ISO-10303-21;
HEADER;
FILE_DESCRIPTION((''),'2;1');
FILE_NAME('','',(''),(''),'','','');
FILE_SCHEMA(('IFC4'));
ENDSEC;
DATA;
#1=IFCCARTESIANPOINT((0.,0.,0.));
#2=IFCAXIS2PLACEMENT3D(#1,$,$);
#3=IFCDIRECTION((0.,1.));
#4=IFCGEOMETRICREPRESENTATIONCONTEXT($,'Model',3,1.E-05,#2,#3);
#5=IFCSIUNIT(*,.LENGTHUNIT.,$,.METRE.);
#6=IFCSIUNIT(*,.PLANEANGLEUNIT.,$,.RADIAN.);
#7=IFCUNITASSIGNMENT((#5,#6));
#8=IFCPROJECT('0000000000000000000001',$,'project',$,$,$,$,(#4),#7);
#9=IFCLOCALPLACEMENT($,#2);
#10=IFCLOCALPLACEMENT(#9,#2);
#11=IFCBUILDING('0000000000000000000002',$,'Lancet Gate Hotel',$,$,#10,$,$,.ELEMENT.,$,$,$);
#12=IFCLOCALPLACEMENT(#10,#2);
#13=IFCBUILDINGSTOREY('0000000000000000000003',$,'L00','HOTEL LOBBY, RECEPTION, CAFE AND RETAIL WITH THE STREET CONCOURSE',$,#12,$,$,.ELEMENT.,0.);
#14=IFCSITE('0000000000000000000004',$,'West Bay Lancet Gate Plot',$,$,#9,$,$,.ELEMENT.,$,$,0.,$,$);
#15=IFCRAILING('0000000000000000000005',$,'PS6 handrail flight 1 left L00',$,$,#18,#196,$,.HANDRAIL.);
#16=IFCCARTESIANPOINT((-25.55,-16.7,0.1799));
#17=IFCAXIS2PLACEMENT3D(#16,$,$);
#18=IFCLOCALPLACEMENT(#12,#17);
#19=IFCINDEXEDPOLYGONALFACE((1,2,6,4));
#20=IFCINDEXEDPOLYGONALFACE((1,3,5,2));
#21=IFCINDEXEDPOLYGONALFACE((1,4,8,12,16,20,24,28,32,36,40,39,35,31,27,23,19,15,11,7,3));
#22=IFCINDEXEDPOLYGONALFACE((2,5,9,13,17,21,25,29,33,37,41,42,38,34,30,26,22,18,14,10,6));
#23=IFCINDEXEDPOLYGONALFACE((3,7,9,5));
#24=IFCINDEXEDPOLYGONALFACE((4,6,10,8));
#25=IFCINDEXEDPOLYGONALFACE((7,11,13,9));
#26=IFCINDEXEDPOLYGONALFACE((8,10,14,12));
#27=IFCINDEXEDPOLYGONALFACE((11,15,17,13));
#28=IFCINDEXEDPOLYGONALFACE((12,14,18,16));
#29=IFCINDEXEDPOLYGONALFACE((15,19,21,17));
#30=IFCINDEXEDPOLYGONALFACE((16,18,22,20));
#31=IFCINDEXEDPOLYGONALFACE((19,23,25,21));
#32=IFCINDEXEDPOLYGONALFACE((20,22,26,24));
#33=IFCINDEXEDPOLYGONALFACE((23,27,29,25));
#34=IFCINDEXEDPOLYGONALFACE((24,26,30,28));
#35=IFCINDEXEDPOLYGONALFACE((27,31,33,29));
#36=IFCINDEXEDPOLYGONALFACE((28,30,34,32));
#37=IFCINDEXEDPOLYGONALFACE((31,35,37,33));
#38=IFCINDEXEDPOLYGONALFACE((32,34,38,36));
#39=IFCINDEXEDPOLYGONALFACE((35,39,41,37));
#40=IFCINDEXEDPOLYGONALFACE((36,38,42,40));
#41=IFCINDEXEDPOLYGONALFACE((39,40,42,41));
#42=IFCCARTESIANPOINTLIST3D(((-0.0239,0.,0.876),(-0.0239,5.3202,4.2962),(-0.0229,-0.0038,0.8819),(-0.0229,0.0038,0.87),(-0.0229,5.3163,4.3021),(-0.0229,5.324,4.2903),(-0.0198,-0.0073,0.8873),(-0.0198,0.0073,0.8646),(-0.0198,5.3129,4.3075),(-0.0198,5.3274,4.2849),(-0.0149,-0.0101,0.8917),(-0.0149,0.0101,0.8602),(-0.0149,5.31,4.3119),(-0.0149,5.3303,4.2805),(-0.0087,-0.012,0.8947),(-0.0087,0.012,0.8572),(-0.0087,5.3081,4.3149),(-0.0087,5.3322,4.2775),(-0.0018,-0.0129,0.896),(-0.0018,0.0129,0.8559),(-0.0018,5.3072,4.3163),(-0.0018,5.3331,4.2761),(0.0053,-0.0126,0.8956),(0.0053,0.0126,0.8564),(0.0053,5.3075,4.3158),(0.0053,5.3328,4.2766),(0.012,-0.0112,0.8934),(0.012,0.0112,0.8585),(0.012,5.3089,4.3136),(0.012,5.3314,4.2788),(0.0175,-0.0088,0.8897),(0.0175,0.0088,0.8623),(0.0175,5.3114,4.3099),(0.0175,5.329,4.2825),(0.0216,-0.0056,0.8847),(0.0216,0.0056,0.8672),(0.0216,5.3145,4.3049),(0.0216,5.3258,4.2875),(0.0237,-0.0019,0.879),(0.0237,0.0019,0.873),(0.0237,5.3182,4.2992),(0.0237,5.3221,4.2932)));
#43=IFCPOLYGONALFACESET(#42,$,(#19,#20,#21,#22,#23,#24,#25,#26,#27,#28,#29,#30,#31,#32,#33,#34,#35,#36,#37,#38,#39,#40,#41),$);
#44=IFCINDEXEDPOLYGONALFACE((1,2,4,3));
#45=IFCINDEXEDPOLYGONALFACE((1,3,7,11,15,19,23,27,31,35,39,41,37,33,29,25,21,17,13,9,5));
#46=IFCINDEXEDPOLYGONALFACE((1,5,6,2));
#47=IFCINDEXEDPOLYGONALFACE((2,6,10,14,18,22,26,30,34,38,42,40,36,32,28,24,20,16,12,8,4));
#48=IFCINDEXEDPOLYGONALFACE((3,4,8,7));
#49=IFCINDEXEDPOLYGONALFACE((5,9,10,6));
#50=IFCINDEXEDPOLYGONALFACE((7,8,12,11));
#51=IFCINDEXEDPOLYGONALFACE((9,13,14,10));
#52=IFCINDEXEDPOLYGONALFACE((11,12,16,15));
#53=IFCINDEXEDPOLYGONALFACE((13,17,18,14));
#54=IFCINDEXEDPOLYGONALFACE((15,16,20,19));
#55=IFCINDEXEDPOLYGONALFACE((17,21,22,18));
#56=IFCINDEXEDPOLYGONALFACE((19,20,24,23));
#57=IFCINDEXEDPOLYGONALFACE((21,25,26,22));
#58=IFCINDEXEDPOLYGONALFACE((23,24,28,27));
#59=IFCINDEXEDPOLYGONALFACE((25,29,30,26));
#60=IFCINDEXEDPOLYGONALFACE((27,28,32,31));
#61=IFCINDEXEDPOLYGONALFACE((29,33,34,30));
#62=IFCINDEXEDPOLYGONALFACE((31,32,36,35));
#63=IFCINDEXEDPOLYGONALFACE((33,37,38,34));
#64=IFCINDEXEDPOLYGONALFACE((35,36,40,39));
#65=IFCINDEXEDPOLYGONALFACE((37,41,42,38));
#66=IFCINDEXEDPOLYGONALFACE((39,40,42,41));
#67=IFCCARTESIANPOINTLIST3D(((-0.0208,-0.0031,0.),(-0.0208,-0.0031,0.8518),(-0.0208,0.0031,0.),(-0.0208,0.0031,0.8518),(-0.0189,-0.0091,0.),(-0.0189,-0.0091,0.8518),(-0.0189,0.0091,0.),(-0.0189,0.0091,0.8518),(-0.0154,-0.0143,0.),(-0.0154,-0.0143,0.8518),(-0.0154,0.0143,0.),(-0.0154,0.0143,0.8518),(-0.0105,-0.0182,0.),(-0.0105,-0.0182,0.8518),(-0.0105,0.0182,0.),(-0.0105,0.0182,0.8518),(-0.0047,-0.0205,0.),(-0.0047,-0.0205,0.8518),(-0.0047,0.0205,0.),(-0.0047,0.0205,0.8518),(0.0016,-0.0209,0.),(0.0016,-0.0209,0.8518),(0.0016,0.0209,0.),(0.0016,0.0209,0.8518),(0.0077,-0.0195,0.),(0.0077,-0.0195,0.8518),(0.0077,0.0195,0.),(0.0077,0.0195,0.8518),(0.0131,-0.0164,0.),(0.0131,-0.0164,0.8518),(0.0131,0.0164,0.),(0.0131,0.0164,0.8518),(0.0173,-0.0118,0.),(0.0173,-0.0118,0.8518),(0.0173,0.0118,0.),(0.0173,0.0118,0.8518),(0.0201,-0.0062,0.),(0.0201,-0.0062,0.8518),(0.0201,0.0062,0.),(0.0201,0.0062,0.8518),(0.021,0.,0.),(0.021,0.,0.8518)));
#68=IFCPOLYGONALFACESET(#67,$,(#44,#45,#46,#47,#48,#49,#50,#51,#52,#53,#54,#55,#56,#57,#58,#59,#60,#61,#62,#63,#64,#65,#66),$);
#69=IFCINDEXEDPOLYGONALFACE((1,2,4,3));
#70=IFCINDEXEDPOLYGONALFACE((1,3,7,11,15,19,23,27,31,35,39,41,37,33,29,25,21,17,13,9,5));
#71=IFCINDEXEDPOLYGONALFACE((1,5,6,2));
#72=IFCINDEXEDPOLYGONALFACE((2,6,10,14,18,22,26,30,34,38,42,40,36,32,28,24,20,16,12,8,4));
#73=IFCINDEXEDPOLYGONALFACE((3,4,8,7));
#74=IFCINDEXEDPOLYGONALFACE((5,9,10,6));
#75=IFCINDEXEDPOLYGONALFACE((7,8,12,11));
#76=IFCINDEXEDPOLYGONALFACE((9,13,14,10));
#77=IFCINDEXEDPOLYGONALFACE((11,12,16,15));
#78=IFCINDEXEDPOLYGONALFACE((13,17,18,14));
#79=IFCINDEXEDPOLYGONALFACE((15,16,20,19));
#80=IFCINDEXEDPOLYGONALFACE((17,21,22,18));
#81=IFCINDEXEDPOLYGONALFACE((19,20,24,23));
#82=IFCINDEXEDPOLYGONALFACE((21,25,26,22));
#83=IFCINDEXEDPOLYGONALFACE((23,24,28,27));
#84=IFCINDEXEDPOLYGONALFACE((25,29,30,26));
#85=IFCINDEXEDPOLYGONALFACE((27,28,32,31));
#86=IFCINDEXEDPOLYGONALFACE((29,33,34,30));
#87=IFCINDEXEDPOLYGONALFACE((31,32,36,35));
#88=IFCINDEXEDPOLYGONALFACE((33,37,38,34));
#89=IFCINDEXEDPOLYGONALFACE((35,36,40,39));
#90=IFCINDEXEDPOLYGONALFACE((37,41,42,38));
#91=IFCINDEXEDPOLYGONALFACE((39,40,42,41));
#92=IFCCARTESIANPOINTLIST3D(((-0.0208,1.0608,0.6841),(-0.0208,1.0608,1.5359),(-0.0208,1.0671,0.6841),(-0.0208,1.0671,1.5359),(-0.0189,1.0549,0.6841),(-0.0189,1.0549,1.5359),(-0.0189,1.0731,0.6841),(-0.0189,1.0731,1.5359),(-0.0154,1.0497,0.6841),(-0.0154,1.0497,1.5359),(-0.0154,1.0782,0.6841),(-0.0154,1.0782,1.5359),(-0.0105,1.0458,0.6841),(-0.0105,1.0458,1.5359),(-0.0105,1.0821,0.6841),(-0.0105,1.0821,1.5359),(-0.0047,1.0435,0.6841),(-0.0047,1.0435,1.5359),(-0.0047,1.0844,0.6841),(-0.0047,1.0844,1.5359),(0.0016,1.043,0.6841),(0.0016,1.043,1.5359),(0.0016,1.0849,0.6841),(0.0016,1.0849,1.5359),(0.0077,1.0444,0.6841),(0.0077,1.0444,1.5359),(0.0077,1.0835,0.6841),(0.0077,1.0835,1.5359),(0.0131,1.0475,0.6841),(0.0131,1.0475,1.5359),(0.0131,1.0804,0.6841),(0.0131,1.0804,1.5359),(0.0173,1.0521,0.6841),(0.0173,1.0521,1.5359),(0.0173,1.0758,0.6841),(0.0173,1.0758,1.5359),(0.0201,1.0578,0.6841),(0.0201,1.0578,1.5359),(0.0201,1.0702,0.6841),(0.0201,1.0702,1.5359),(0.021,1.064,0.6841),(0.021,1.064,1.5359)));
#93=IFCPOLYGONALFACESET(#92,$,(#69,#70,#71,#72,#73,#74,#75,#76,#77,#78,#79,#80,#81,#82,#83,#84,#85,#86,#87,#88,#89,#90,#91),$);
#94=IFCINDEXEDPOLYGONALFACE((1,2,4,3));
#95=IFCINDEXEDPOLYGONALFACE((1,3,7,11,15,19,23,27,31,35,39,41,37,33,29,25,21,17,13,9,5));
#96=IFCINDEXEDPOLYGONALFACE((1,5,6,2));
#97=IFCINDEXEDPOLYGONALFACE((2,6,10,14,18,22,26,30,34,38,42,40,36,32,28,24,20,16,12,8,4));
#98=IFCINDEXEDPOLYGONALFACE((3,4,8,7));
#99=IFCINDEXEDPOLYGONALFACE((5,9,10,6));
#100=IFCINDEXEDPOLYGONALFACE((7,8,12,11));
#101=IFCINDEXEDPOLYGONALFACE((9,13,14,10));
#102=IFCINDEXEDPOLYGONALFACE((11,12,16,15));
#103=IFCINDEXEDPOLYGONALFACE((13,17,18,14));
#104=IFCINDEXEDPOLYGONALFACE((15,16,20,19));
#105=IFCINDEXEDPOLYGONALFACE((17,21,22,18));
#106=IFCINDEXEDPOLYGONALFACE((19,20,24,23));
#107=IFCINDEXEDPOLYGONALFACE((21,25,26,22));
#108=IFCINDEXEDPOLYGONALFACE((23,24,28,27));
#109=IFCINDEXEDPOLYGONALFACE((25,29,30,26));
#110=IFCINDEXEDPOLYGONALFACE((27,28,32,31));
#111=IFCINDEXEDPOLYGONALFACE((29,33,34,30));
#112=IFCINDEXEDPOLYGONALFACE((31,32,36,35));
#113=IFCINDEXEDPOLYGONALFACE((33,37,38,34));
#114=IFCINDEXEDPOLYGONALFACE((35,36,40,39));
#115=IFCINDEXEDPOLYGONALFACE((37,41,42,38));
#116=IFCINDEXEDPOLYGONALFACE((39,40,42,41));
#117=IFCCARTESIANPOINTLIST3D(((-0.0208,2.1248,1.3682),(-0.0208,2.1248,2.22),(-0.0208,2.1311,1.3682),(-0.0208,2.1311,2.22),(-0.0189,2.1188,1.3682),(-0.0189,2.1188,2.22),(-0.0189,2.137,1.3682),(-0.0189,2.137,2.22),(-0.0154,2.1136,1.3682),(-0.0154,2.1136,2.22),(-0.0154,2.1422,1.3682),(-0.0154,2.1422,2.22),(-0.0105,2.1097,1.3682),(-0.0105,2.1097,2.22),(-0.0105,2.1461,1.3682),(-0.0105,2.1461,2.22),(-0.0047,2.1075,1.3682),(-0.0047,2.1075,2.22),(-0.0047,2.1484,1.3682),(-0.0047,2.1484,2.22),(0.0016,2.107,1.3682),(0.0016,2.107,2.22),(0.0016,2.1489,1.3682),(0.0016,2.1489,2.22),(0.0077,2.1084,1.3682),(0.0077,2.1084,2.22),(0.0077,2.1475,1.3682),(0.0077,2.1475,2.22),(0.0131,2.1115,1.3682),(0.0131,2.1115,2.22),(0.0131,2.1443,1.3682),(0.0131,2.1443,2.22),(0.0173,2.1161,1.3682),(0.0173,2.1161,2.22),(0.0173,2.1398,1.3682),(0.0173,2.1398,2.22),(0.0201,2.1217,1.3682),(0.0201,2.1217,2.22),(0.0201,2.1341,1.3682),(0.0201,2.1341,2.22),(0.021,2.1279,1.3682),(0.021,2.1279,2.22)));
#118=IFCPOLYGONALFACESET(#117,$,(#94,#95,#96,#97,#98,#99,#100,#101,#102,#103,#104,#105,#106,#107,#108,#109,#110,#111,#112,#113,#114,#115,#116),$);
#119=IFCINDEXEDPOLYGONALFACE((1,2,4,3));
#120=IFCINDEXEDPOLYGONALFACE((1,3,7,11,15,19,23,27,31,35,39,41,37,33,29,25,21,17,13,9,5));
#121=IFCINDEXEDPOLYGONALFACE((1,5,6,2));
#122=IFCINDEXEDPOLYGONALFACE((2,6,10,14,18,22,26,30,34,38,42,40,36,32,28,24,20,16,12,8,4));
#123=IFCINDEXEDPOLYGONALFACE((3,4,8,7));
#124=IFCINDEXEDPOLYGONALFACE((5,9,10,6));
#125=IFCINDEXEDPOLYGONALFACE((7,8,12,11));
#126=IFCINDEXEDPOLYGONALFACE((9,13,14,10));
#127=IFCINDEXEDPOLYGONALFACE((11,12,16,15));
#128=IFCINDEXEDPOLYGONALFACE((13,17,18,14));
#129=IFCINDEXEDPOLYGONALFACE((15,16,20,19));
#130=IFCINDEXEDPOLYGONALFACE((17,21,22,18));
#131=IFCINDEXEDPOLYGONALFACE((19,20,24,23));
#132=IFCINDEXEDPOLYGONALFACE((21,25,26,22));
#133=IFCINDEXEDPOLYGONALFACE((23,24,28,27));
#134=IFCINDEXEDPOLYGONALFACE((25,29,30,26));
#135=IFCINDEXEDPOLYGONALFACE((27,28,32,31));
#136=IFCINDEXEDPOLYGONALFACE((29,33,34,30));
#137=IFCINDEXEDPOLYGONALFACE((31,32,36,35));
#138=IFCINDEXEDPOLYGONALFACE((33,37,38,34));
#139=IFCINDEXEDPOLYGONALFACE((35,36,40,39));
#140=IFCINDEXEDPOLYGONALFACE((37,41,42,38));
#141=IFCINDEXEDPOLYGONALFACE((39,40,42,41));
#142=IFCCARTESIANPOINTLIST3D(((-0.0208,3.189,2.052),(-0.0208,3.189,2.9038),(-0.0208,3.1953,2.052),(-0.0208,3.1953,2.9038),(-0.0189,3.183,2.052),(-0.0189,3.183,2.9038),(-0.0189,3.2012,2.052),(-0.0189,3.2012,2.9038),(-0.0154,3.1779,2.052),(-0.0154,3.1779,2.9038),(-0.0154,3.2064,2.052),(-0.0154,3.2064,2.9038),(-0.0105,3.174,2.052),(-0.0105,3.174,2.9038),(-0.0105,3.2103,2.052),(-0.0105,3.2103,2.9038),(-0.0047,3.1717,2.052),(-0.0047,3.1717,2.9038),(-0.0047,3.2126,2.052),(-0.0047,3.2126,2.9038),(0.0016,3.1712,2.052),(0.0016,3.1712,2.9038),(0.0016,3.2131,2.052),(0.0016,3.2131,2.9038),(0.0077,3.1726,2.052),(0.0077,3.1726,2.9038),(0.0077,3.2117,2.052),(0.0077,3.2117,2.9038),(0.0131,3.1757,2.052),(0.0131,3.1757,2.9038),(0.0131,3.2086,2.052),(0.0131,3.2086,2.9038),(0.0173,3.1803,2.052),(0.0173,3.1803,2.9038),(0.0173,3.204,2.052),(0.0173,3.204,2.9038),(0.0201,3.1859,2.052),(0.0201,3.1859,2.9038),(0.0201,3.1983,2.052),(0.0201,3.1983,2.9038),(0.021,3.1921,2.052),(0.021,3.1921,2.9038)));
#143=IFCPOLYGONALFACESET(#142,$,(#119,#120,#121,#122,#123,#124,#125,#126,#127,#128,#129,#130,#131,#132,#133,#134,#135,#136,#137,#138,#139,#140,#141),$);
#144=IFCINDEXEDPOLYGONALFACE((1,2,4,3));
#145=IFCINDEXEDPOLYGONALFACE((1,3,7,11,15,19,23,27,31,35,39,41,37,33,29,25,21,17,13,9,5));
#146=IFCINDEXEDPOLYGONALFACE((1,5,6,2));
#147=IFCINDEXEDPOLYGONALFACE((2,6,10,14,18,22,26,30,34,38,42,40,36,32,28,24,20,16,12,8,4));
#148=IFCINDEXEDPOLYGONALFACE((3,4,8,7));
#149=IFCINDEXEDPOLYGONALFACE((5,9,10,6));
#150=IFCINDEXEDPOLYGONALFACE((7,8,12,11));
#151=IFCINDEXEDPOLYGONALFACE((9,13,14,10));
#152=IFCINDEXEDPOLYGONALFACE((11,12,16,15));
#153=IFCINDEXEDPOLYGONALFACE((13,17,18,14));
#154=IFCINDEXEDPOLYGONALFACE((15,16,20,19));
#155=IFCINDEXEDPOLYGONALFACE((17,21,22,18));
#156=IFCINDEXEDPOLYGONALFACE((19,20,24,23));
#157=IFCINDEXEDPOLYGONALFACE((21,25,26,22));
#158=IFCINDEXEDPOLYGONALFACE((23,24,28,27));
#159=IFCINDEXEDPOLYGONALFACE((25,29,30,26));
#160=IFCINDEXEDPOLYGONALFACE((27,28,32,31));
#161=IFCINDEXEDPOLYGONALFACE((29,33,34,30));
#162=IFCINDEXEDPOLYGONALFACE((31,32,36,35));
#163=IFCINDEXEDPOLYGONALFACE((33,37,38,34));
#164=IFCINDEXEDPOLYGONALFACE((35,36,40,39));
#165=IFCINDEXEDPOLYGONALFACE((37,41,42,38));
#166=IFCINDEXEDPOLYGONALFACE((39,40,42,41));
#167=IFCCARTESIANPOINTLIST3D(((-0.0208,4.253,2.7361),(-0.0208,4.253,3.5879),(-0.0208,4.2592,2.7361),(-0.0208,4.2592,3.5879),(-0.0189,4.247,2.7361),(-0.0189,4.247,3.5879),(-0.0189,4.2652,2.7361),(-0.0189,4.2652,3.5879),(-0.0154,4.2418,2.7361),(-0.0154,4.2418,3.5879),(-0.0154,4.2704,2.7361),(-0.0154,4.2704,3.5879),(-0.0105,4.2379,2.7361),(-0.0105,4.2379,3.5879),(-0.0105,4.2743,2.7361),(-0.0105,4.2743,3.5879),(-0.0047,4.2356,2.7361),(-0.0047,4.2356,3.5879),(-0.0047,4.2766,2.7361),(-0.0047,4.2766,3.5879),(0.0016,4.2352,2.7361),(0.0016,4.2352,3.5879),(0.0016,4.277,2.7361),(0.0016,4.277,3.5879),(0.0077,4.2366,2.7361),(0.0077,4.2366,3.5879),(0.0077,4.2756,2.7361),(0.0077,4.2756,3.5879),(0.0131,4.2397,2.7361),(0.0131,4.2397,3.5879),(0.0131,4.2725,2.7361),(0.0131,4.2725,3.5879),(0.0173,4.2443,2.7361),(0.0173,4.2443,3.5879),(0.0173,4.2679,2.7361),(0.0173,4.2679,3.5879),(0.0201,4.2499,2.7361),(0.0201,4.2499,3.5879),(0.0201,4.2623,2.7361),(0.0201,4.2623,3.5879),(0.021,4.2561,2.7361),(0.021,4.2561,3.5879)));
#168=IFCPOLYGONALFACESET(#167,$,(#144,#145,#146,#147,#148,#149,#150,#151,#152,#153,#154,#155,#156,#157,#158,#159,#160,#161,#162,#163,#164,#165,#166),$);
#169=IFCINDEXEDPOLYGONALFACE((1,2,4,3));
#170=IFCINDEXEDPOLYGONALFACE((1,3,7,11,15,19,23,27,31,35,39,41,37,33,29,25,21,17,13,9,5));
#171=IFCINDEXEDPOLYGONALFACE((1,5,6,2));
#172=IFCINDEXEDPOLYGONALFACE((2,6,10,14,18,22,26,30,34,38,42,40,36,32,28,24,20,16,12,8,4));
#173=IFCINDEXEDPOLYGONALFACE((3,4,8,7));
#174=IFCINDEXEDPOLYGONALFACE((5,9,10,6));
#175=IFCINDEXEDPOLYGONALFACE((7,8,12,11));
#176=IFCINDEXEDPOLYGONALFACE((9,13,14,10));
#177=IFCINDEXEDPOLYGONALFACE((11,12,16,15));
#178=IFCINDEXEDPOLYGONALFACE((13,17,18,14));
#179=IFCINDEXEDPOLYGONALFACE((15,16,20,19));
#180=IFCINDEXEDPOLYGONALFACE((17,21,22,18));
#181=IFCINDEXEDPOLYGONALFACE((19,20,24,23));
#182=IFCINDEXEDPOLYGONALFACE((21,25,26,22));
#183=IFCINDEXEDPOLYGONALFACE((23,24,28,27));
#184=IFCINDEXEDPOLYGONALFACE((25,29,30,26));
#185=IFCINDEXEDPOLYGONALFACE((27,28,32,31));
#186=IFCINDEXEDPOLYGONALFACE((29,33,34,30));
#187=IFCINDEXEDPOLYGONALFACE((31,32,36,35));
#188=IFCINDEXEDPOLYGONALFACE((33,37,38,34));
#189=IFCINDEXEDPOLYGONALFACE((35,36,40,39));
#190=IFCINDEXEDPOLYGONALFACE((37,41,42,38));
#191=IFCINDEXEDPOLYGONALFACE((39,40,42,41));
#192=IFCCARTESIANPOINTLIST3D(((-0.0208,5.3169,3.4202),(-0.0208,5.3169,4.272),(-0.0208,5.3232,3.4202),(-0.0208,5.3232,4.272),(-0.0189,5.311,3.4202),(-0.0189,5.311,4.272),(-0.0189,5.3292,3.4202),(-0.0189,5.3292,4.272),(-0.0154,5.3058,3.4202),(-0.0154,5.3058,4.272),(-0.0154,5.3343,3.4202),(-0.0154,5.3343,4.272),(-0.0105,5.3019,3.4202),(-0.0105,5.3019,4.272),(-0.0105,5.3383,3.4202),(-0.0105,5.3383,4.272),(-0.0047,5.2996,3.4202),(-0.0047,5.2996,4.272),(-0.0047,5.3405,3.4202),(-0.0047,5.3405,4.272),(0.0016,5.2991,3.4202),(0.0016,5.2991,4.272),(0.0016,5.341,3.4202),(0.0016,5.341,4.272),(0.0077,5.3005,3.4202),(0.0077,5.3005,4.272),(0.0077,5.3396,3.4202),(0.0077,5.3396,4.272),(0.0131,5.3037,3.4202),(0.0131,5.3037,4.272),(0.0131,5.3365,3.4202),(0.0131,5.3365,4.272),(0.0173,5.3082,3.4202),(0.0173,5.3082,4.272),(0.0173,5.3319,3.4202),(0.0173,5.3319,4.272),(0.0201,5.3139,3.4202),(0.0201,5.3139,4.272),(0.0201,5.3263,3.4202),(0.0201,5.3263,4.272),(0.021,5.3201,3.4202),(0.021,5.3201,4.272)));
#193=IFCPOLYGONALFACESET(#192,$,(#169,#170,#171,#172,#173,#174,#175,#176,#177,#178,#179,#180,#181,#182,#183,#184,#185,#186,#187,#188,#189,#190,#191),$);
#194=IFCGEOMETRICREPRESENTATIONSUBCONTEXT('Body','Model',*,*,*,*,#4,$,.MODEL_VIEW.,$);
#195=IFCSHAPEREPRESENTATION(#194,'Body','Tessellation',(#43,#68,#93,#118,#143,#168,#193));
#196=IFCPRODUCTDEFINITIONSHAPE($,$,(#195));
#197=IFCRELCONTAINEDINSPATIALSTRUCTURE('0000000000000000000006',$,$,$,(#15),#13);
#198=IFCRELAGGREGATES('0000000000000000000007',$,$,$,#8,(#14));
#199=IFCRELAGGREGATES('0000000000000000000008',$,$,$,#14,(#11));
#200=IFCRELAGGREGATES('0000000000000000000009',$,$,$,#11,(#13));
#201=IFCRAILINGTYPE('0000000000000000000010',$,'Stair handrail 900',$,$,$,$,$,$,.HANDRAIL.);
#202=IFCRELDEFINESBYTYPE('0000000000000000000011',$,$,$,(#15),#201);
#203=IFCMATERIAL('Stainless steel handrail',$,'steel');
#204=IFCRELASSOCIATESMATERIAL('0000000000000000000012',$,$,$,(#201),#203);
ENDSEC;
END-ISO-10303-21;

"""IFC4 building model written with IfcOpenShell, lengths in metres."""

from ifc_helpers import new_model, si_unit, direction, frame, origin, origin_2d, place, context, subcontext, project, spatial, circle, extrude, material, type_object, element, save


model = new_model("IFC4")

# Units and contexts
model_context = context("Model", 3, precision=1e-05, world=origin(), true_north=direction((0.0, 1.0)))
body_context = subcontext(model_context, "Body", "Model", "MODEL_VIEW")
ifc_project = project(units=[si_unit("LENGTHUNIT", "METRE"), si_unit("PLANEANGLEUNIT", "RADIAN")], contexts=[model_context])

# Site, building, storey
site_placement = place(None, origin())
site = spatial("IfcSite", under=ifc_project, at=site_placement, Name="West Bay Lancet Gate Plot", CompositionType="ELEMENT", RefElevation=0.0)
building_placement = place(site_placement, origin())
building = spatial("IfcBuilding", under=site, at=building_placement, Name="Lancet Gate Hotel", CompositionType="ELEMENT")
storey_placement = place(building_placement, origin())
storey = spatial("IfcBuildingStorey", under=building, at=storey_placement, Name="L00", Description="HOTEL LOBBY, RECEPTION, CAFE AND RETAIL WITH THE STREET CONCOURSE", CompositionType="ELEMENT", Elevation=0.0)

# Railing
ifc_material_1 = material(Name="Stainless steel handrail", Category="steel")
railing_type_1 = type_object("IfcRailingType", Name="Stair handrail 900", PredefinedType="HANDRAIL", material=ifc_material_1)
railing_1_placement = place(storey_placement, frame((-25.55, -16.7, 0.1799)))
element("IfcRailing", 1, at=railing_1_placement, inside=storey, type_object=railing_type_1, Name="PS6 handrail flight 1 left L00", PredefinedType="HANDRAIL", context=body_context, shape_type="SweptSolid", body=[
    extrude(circle(Radius=0.0239, at=origin_2d()), frame((0.0, 0.0, 0.876), z_axis=(0.0, 0.84117, 0.540771), x_axis=(-1.0, 0.0, 0.0)), (0.0, 0.0, 1.0), 6.3247),
    extrude(circle(Radius=0.021, at=origin_2d()), origin(), (0.0, 0.0, 1.0), 0.8518),
    extrude(circle(Radius=0.021, at=origin_2d()), frame((0.0, 1.064, 0.6841)), (0.0, 0.0, 1.0), 0.8518),
    extrude(circle(Radius=0.021, at=origin_2d()), frame((0.0, 2.1279, 1.3682)), (0.0, 0.0, 1.0), 0.8518),
    extrude(circle(Radius=0.021, at=origin_2d()), frame((0.0, 3.1921, 2.052)), (0.0, 0.0, 1.0), 0.8518),
    extrude(circle(Radius=0.021, at=origin_2d()), frame((0.0, 4.2561, 2.7361)), (0.0, 0.0, 1.0), 0.8518),
    extrude(circle(Radius=0.021, at=origin_2d()), frame((0.0, 5.3201, 3.4202)), (0.0, 0.0, 1.0), 0.8518),
])

save(model, "model.ifc")
